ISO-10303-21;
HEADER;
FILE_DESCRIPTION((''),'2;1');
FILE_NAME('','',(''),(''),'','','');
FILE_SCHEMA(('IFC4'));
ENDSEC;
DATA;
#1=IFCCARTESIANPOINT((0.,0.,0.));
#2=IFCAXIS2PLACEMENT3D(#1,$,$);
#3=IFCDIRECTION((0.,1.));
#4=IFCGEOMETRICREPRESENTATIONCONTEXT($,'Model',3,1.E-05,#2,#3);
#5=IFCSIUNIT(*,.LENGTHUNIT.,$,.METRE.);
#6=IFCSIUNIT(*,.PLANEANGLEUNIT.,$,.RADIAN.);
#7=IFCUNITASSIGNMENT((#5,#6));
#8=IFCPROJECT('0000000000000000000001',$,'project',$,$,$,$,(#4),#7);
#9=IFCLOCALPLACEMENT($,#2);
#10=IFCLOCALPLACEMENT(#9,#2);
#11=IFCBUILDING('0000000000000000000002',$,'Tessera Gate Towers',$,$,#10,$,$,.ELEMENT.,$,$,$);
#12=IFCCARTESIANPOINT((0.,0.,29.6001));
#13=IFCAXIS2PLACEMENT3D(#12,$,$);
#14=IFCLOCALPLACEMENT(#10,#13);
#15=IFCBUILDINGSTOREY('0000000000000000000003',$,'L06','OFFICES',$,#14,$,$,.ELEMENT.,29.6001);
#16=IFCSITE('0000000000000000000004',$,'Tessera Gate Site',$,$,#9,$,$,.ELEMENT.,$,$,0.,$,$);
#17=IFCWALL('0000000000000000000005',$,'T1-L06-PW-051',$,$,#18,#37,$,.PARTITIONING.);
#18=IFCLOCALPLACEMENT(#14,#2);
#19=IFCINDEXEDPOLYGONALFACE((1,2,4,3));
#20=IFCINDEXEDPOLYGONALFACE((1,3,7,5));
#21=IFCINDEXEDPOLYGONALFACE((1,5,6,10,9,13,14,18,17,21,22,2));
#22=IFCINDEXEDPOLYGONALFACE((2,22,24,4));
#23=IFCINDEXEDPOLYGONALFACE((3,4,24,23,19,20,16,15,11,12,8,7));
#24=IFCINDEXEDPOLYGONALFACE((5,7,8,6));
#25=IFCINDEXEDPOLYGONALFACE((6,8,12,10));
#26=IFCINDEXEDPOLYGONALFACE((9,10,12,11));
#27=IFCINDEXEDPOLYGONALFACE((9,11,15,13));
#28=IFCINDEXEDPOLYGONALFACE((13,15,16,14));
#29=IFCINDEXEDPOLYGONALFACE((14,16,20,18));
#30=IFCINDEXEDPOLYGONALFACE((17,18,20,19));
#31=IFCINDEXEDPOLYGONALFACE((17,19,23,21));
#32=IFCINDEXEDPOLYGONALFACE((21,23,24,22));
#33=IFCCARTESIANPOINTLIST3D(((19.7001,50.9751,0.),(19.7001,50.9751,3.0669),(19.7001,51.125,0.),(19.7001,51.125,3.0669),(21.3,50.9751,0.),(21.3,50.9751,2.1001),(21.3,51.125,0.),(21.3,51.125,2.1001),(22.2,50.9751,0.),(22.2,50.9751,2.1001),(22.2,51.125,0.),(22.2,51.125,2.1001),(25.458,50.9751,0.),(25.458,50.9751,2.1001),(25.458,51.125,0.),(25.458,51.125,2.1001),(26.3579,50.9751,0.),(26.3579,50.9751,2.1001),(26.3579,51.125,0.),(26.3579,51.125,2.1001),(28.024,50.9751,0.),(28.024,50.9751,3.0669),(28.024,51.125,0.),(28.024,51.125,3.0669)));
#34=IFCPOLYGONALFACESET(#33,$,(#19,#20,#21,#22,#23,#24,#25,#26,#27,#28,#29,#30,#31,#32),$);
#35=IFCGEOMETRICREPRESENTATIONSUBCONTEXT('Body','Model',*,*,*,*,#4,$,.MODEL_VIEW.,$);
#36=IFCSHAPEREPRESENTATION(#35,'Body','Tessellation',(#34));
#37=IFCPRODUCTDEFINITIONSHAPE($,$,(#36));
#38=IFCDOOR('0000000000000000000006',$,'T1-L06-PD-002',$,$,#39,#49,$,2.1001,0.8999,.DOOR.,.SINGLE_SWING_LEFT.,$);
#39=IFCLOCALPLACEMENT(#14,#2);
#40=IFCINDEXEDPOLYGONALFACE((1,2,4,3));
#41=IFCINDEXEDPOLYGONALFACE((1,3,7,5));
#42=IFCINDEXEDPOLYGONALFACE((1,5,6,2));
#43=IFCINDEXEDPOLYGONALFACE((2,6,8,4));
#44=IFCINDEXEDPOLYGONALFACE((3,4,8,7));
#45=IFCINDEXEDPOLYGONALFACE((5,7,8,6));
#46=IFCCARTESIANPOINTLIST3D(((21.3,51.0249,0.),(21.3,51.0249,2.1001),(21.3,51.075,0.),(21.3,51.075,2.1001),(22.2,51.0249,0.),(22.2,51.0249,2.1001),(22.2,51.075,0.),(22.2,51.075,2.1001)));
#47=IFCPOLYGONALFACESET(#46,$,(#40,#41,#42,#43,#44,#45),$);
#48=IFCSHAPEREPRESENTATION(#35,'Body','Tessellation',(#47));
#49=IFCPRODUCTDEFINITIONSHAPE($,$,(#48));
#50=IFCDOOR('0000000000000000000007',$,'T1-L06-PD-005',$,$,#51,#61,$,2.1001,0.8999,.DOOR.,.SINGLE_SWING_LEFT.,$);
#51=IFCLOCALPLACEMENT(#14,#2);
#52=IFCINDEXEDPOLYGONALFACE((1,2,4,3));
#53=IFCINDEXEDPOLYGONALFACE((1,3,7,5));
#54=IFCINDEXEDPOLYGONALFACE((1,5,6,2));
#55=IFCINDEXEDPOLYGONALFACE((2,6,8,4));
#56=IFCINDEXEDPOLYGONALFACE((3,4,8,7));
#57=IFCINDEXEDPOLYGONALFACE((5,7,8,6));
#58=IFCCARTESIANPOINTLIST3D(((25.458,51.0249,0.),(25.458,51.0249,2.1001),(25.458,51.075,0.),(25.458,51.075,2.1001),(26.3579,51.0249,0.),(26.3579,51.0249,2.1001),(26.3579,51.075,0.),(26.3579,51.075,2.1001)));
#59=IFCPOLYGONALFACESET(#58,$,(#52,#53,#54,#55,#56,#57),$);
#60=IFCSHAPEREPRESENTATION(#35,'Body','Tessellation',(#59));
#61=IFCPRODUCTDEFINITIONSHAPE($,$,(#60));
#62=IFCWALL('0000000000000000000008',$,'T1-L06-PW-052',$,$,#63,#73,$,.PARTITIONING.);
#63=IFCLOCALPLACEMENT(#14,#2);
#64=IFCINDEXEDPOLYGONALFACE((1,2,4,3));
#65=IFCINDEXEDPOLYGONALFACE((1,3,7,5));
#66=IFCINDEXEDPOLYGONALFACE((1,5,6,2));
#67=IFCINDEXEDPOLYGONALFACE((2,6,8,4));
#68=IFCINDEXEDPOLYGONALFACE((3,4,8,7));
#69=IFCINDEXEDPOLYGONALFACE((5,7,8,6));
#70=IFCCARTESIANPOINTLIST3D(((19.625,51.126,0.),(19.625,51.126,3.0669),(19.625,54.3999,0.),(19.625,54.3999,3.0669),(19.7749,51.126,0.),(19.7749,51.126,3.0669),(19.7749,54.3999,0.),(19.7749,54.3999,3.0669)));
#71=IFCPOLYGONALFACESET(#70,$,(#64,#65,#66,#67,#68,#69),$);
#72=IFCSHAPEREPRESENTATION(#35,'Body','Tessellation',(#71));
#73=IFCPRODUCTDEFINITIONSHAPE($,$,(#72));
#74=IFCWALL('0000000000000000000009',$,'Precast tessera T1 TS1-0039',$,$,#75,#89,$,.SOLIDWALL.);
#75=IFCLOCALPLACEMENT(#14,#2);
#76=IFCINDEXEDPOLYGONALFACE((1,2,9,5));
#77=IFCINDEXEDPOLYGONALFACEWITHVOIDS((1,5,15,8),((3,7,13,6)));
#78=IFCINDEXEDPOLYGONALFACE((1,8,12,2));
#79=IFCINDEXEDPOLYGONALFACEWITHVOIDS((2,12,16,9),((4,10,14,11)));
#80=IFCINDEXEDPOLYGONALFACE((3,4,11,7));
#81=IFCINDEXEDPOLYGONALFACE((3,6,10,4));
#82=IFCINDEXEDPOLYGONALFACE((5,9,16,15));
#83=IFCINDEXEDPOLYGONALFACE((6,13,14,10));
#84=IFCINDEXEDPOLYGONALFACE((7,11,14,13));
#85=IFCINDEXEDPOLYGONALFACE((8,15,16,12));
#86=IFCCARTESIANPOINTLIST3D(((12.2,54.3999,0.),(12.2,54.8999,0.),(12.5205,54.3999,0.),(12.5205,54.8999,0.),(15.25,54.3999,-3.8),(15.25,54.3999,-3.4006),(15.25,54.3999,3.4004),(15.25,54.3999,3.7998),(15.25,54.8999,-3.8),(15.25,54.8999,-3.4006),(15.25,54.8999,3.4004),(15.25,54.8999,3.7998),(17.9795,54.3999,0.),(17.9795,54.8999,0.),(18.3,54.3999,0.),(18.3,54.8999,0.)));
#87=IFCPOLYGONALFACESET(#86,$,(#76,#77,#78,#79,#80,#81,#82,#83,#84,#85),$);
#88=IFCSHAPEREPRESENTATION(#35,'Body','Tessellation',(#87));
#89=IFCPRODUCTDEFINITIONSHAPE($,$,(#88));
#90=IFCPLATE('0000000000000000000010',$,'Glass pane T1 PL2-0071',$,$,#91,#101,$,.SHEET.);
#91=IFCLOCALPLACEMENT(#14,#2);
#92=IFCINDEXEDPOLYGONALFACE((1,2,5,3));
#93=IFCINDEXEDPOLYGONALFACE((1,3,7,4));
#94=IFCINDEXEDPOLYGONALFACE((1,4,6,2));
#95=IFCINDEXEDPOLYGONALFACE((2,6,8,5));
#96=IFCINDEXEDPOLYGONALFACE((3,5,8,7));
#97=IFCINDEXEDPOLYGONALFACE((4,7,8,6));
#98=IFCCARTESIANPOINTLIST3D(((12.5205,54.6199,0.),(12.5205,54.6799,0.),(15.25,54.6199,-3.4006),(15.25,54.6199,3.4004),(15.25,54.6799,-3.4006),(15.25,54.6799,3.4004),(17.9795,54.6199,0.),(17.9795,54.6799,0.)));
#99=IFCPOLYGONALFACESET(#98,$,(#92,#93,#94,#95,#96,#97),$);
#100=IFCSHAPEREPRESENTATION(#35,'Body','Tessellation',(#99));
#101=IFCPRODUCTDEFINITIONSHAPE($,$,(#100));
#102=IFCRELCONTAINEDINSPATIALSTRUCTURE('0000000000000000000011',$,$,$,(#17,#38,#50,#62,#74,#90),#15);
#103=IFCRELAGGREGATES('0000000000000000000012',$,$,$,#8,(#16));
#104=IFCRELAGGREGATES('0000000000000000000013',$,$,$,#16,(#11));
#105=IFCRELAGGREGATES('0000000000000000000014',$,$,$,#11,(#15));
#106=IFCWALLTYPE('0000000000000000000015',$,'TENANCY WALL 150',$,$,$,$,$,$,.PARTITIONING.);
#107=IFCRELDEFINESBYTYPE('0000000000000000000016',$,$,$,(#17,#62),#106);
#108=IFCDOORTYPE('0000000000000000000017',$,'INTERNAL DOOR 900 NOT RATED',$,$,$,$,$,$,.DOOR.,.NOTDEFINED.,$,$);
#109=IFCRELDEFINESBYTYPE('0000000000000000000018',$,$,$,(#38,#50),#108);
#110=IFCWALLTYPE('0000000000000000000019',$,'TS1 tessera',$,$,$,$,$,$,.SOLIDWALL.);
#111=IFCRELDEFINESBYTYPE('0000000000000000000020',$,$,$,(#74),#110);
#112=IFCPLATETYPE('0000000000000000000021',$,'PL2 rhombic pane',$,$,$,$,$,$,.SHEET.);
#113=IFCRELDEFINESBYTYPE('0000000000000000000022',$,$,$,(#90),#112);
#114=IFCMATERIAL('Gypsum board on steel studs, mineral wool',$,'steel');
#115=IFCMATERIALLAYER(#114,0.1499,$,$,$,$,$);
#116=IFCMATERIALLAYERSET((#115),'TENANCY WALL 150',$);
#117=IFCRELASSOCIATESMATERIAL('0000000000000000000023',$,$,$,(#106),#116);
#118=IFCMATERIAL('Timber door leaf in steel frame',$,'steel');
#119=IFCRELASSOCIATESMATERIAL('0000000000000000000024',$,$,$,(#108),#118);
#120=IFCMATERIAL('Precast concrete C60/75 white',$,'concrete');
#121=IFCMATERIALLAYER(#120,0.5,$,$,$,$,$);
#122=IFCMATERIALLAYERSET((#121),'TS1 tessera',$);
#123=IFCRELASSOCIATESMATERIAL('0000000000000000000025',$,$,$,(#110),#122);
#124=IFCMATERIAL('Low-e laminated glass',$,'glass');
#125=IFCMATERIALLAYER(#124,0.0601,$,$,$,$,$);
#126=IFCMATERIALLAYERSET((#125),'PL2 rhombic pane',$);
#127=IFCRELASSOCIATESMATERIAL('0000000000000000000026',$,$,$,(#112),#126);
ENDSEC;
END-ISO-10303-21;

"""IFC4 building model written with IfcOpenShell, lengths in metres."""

from ifc_helpers import new_model, si_unit, direction, frame, frame_2d, origin, place, context, subcontext, project, spatial, polyline, rectangle, outline, extrude, source, transform, mapped, material, layer, layer_set, type_object, element, fill, save


model = new_model("IFC4")

# Units and contexts
model_context = context("Model", 3, precision=1e-05, world=origin(), true_north=direction((0.0, 1.0)))
body_context = subcontext(model_context, "Body", "Model", "MODEL_VIEW")
ifc_project = project(units=[si_unit("LENGTHUNIT", "METRE"), si_unit("PLANEANGLEUNIT", "RADIAN")], contexts=[model_context])

# Site, building, storey
site_placement = place(None, origin())
site = spatial("IfcSite", under=ifc_project, at=site_placement, Name="Tessera Gate Site", CompositionType="ELEMENT", RefElevation=0.0)
building_placement = place(site_placement, origin())
building = spatial("IfcBuilding", under=site, at=building_placement, Name="Tessera Gate Towers", CompositionType="ELEMENT")
storey_placement = place(building_placement, frame((0.0, 0.0, 29.6001)))
storey = spatial("IfcBuildingStorey", under=building, at=storey_placement, Name="L06", Description="OFFICES", CompositionType="ELEMENT", Elevation=29.6001)

# Shared definitions
ifc_material_1 = material(Name="Gypsum board on steel studs, mineral wool", Category="steel")
ifc_layer_1 = layer(ifc_material_1, 0.1499)
ifc_layer_set_1 = layer_set([ifc_layer_1], Name="TENANCY WALL 150")
wall_type_1 = type_object("IfcWallType", Name="TENANCY WALL 150", PredefinedType="PARTITIONING", material=ifc_layer_set_1)

# Wall, openings, doors
wall_1_placement = place(storey_placement, frame((19.7, 51.05, 0.0), z_axis=(0.0, 0.0, 1.0), x_axis=(1.0, 0.0, 0.0)))
wall_1 = element("IfcWall", 1, at=wall_1_placement, inside=storey, type_object=wall_type_1, Name="T1-L06-PW-051", PredefinedType="PARTITIONING", context=body_context, shape_type="SweptSolid", body=[
    extrude(rectangle(XDim=8.324, YDim=0.1499, at=frame_2d((4.1621, 0.0))), origin(), (0.0, 0.0, 1.0), 3.0669),
])
shared_shape_1 = source(origin(), body_context, "Body", "SweptSolid", [
    extrude(rectangle(XDim=0.8999, YDim=2.1001, at=frame_2d((0.45, 1.05))), frame((0.0, 0.085, 0.0), z_axis=(0.0, -1.0, 0.0), x_axis=(1.0, 0.0, 0.0)), (0.0, 0.0, 1.0), 0.1699),
])
opening_1_placement = place(wall_1_placement, frame((1.6001, 0.0, 0.0)))
opening_1 = element("IfcOpeningElement", 2, at=opening_1_placement, cuts=wall_1, PredefinedType="OPENING", context=body_context, shape_type="MappedRepresentation", body=[
    mapped(shared_shape_1, transform((0.0, 0.0, 0.0), scale=1.0)),
])
opening_2_placement = place(wall_1_placement, frame((5.7581, 0.0, 0.0)))
opening_2 = element("IfcOpeningElement", 3, at=opening_2_placement, cuts=wall_1, PredefinedType="OPENING", context=body_context, shape_type="MappedRepresentation", body=[
    mapped(shared_shape_1, transform((0.0, 0.0, 0.0), scale=1.0)),
])
ifc_material_2 = material(Name="Timber door leaf in steel frame", Category="steel")
door_type = type_object("IfcDoorType", Name="INTERNAL DOOR 900 NOT RATED", OperationType="NOTDEFINED", PredefinedType="DOOR", material=ifc_material_2)
shared_shape_2 = source(origin(), body_context, "Body", "SweptSolid", [
    extrude(rectangle(XDim=0.8999, YDim=2.1001, at=frame_2d((0.45, 1.05))), frame((0.0, 0.0249, 0.0), z_axis=(0.0, -1.0, 0.0), x_axis=(1.0, 0.0, 0.0)), (0.0, 0.0, 1.0), 0.05),
])
door_1_placement = place(opening_1_placement, origin())
door_1 = element("IfcDoor", 4, at=door_1_placement, inside=storey, type_object=door_type, Name="T1-L06-PD-002", OperationType="SINGLE_SWING_LEFT", OverallHeight=2.1001, OverallWidth=0.8999, PredefinedType="DOOR", context=body_context, shape_type="MappedRepresentation", body=[
    mapped(shared_shape_2, transform((0.0, 0.0, 0.0), scale=1.0)),
])
fill(opening_1, door_1)
door_2_placement = place(opening_2_placement, origin())
door_2 = element("IfcDoor", 5, at=door_2_placement, inside=storey, type_object=door_type, Name="T1-L06-PD-005", OperationType="SINGLE_SWING_LEFT", OverallHeight=2.1001, OverallWidth=0.8999, PredefinedType="DOOR", context=body_context, shape_type="MappedRepresentation", body=[
    mapped(shared_shape_2, transform((0.0, 0.0, 0.0), scale=1.0)),
])
fill(opening_2, door_2)

# Wall
wall_2_placement = place(storey_placement, frame((19.7, 51.126, 0.0), z_axis=(0.0, 0.0, 1.0), x_axis=(0.0, 1.0, 0.0)))
element("IfcWall", 6, at=wall_2_placement, inside=storey, type_object=wall_type_1, Name="T1-L06-PW-052", PredefinedType="PARTITIONING", context=body_context, shape_type="SweptSolid", body=[
    extrude(rectangle(XDim=3.2739, YDim=0.1499, at=frame_2d((1.637, 0.0))), origin(), (0.0, 0.0, 1.0), 3.0669),
])

# Wall, opening, plate
ifc_material_3 = material(Name="Precast concrete C60/75 white", Category="concrete")
ifc_layer_2 = layer(ifc_material_3, 0.5)
ifc_layer_set_2 = layer_set([ifc_layer_2], Name="TS1 tessera")
wall_type_2 = type_object("IfcWallType", Name="TS1 tessera", PredefinedType="SOLIDWALL", material=ifc_layer_set_2)
shared_shape_3 = source(origin(), body_context, "Body", "SweptSolid", [
    extrude(outline(polyline([(3.05, 0.0), (6.1001, 3.8), (3.05, 7.5999), (0.0, 3.8), (3.05, 0.0)])), frame((0.0, 0.25, 0.0), z_axis=(0.0, -1.0, 0.0), x_axis=(1.0, 0.0, 0.0)), (0.0, 0.0, 1.0), 0.5),
])
wall_3_placement = place(storey_placement, frame((18.3, 54.6499, -3.8), z_axis=(0.0, 0.0, 1.0), x_axis=(-1.0, 0.0, 0.0)))
wall_3 = element("IfcWall", 7, at=wall_3_placement, inside=storey, type_object=wall_type_2, Name="Precast tessera T1 TS1-0039", PredefinedType="SOLIDWALL", context=body_context, shape_type="MappedRepresentation", body=[
    mapped(shared_shape_3, transform((0.0, 0.0, 0.0), scale=1.0)),
])
shared_shape_4 = source(origin(), body_context, "Body", "SweptSolid", [
    extrude(outline(polyline([(3.05, 0.3994), (5.7795, 3.8), (3.05, 7.2004), (0.3206, 3.8), (3.05, 0.3994)])), frame((0.0, 0.26, 0.0), z_axis=(0.0, -1.0, 0.0), x_axis=(1.0, 0.0, 0.0)), (0.0, 0.0, 1.0), 0.52),
])
opening_3_placement = place(wall_3_placement, origin())
opening_3 = element("IfcOpeningElement", 8, at=opening_3_placement, cuts=wall_3, PredefinedType="OPENING", context=body_context, shape_type="MappedRepresentation", body=[
    mapped(shared_shape_4, transform((0.0, 0.0, 0.0), scale=1.0)),
])
ifc_material_4 = material(Name="Low-e laminated glass", Category="glass")
ifc_layer_3 = layer(ifc_material_4, 0.0601)
ifc_layer_set_3 = layer_set([ifc_layer_3], Name="PL2 rhombic pane")
plate_type = type_object("IfcPlateType", Name="PL2 rhombic pane", PredefinedType="SHEET", material=ifc_layer_set_3)
shared_shape_5 = source(origin(), body_context, "Body", "SweptSolid", [
    extrude(outline(polyline([(3.05, 0.3994), (5.7795, 3.8), (3.05, 7.2004), (0.3206, 3.8), (3.05, 0.3994)])), frame((0.0, 0.03, 0.0), z_axis=(0.0, -1.0, 0.0), x_axis=(1.0, 0.0, 0.0)), (0.0, 0.0, 1.0), 0.0601),
])
plate_placement = place(opening_3_placement, origin())
plate = element("IfcPlate", 9, at=plate_placement, inside=storey, type_object=plate_type, Name="Glass pane T1 PL2-0071", PredefinedType="SHEET", context=body_context, shape_type="MappedRepresentation", body=[
    mapped(shared_shape_5, transform((0.0, 0.0, 0.0), scale=1.0)),
])
fill(opening_3, plate)

save(model, "model.ifc")
